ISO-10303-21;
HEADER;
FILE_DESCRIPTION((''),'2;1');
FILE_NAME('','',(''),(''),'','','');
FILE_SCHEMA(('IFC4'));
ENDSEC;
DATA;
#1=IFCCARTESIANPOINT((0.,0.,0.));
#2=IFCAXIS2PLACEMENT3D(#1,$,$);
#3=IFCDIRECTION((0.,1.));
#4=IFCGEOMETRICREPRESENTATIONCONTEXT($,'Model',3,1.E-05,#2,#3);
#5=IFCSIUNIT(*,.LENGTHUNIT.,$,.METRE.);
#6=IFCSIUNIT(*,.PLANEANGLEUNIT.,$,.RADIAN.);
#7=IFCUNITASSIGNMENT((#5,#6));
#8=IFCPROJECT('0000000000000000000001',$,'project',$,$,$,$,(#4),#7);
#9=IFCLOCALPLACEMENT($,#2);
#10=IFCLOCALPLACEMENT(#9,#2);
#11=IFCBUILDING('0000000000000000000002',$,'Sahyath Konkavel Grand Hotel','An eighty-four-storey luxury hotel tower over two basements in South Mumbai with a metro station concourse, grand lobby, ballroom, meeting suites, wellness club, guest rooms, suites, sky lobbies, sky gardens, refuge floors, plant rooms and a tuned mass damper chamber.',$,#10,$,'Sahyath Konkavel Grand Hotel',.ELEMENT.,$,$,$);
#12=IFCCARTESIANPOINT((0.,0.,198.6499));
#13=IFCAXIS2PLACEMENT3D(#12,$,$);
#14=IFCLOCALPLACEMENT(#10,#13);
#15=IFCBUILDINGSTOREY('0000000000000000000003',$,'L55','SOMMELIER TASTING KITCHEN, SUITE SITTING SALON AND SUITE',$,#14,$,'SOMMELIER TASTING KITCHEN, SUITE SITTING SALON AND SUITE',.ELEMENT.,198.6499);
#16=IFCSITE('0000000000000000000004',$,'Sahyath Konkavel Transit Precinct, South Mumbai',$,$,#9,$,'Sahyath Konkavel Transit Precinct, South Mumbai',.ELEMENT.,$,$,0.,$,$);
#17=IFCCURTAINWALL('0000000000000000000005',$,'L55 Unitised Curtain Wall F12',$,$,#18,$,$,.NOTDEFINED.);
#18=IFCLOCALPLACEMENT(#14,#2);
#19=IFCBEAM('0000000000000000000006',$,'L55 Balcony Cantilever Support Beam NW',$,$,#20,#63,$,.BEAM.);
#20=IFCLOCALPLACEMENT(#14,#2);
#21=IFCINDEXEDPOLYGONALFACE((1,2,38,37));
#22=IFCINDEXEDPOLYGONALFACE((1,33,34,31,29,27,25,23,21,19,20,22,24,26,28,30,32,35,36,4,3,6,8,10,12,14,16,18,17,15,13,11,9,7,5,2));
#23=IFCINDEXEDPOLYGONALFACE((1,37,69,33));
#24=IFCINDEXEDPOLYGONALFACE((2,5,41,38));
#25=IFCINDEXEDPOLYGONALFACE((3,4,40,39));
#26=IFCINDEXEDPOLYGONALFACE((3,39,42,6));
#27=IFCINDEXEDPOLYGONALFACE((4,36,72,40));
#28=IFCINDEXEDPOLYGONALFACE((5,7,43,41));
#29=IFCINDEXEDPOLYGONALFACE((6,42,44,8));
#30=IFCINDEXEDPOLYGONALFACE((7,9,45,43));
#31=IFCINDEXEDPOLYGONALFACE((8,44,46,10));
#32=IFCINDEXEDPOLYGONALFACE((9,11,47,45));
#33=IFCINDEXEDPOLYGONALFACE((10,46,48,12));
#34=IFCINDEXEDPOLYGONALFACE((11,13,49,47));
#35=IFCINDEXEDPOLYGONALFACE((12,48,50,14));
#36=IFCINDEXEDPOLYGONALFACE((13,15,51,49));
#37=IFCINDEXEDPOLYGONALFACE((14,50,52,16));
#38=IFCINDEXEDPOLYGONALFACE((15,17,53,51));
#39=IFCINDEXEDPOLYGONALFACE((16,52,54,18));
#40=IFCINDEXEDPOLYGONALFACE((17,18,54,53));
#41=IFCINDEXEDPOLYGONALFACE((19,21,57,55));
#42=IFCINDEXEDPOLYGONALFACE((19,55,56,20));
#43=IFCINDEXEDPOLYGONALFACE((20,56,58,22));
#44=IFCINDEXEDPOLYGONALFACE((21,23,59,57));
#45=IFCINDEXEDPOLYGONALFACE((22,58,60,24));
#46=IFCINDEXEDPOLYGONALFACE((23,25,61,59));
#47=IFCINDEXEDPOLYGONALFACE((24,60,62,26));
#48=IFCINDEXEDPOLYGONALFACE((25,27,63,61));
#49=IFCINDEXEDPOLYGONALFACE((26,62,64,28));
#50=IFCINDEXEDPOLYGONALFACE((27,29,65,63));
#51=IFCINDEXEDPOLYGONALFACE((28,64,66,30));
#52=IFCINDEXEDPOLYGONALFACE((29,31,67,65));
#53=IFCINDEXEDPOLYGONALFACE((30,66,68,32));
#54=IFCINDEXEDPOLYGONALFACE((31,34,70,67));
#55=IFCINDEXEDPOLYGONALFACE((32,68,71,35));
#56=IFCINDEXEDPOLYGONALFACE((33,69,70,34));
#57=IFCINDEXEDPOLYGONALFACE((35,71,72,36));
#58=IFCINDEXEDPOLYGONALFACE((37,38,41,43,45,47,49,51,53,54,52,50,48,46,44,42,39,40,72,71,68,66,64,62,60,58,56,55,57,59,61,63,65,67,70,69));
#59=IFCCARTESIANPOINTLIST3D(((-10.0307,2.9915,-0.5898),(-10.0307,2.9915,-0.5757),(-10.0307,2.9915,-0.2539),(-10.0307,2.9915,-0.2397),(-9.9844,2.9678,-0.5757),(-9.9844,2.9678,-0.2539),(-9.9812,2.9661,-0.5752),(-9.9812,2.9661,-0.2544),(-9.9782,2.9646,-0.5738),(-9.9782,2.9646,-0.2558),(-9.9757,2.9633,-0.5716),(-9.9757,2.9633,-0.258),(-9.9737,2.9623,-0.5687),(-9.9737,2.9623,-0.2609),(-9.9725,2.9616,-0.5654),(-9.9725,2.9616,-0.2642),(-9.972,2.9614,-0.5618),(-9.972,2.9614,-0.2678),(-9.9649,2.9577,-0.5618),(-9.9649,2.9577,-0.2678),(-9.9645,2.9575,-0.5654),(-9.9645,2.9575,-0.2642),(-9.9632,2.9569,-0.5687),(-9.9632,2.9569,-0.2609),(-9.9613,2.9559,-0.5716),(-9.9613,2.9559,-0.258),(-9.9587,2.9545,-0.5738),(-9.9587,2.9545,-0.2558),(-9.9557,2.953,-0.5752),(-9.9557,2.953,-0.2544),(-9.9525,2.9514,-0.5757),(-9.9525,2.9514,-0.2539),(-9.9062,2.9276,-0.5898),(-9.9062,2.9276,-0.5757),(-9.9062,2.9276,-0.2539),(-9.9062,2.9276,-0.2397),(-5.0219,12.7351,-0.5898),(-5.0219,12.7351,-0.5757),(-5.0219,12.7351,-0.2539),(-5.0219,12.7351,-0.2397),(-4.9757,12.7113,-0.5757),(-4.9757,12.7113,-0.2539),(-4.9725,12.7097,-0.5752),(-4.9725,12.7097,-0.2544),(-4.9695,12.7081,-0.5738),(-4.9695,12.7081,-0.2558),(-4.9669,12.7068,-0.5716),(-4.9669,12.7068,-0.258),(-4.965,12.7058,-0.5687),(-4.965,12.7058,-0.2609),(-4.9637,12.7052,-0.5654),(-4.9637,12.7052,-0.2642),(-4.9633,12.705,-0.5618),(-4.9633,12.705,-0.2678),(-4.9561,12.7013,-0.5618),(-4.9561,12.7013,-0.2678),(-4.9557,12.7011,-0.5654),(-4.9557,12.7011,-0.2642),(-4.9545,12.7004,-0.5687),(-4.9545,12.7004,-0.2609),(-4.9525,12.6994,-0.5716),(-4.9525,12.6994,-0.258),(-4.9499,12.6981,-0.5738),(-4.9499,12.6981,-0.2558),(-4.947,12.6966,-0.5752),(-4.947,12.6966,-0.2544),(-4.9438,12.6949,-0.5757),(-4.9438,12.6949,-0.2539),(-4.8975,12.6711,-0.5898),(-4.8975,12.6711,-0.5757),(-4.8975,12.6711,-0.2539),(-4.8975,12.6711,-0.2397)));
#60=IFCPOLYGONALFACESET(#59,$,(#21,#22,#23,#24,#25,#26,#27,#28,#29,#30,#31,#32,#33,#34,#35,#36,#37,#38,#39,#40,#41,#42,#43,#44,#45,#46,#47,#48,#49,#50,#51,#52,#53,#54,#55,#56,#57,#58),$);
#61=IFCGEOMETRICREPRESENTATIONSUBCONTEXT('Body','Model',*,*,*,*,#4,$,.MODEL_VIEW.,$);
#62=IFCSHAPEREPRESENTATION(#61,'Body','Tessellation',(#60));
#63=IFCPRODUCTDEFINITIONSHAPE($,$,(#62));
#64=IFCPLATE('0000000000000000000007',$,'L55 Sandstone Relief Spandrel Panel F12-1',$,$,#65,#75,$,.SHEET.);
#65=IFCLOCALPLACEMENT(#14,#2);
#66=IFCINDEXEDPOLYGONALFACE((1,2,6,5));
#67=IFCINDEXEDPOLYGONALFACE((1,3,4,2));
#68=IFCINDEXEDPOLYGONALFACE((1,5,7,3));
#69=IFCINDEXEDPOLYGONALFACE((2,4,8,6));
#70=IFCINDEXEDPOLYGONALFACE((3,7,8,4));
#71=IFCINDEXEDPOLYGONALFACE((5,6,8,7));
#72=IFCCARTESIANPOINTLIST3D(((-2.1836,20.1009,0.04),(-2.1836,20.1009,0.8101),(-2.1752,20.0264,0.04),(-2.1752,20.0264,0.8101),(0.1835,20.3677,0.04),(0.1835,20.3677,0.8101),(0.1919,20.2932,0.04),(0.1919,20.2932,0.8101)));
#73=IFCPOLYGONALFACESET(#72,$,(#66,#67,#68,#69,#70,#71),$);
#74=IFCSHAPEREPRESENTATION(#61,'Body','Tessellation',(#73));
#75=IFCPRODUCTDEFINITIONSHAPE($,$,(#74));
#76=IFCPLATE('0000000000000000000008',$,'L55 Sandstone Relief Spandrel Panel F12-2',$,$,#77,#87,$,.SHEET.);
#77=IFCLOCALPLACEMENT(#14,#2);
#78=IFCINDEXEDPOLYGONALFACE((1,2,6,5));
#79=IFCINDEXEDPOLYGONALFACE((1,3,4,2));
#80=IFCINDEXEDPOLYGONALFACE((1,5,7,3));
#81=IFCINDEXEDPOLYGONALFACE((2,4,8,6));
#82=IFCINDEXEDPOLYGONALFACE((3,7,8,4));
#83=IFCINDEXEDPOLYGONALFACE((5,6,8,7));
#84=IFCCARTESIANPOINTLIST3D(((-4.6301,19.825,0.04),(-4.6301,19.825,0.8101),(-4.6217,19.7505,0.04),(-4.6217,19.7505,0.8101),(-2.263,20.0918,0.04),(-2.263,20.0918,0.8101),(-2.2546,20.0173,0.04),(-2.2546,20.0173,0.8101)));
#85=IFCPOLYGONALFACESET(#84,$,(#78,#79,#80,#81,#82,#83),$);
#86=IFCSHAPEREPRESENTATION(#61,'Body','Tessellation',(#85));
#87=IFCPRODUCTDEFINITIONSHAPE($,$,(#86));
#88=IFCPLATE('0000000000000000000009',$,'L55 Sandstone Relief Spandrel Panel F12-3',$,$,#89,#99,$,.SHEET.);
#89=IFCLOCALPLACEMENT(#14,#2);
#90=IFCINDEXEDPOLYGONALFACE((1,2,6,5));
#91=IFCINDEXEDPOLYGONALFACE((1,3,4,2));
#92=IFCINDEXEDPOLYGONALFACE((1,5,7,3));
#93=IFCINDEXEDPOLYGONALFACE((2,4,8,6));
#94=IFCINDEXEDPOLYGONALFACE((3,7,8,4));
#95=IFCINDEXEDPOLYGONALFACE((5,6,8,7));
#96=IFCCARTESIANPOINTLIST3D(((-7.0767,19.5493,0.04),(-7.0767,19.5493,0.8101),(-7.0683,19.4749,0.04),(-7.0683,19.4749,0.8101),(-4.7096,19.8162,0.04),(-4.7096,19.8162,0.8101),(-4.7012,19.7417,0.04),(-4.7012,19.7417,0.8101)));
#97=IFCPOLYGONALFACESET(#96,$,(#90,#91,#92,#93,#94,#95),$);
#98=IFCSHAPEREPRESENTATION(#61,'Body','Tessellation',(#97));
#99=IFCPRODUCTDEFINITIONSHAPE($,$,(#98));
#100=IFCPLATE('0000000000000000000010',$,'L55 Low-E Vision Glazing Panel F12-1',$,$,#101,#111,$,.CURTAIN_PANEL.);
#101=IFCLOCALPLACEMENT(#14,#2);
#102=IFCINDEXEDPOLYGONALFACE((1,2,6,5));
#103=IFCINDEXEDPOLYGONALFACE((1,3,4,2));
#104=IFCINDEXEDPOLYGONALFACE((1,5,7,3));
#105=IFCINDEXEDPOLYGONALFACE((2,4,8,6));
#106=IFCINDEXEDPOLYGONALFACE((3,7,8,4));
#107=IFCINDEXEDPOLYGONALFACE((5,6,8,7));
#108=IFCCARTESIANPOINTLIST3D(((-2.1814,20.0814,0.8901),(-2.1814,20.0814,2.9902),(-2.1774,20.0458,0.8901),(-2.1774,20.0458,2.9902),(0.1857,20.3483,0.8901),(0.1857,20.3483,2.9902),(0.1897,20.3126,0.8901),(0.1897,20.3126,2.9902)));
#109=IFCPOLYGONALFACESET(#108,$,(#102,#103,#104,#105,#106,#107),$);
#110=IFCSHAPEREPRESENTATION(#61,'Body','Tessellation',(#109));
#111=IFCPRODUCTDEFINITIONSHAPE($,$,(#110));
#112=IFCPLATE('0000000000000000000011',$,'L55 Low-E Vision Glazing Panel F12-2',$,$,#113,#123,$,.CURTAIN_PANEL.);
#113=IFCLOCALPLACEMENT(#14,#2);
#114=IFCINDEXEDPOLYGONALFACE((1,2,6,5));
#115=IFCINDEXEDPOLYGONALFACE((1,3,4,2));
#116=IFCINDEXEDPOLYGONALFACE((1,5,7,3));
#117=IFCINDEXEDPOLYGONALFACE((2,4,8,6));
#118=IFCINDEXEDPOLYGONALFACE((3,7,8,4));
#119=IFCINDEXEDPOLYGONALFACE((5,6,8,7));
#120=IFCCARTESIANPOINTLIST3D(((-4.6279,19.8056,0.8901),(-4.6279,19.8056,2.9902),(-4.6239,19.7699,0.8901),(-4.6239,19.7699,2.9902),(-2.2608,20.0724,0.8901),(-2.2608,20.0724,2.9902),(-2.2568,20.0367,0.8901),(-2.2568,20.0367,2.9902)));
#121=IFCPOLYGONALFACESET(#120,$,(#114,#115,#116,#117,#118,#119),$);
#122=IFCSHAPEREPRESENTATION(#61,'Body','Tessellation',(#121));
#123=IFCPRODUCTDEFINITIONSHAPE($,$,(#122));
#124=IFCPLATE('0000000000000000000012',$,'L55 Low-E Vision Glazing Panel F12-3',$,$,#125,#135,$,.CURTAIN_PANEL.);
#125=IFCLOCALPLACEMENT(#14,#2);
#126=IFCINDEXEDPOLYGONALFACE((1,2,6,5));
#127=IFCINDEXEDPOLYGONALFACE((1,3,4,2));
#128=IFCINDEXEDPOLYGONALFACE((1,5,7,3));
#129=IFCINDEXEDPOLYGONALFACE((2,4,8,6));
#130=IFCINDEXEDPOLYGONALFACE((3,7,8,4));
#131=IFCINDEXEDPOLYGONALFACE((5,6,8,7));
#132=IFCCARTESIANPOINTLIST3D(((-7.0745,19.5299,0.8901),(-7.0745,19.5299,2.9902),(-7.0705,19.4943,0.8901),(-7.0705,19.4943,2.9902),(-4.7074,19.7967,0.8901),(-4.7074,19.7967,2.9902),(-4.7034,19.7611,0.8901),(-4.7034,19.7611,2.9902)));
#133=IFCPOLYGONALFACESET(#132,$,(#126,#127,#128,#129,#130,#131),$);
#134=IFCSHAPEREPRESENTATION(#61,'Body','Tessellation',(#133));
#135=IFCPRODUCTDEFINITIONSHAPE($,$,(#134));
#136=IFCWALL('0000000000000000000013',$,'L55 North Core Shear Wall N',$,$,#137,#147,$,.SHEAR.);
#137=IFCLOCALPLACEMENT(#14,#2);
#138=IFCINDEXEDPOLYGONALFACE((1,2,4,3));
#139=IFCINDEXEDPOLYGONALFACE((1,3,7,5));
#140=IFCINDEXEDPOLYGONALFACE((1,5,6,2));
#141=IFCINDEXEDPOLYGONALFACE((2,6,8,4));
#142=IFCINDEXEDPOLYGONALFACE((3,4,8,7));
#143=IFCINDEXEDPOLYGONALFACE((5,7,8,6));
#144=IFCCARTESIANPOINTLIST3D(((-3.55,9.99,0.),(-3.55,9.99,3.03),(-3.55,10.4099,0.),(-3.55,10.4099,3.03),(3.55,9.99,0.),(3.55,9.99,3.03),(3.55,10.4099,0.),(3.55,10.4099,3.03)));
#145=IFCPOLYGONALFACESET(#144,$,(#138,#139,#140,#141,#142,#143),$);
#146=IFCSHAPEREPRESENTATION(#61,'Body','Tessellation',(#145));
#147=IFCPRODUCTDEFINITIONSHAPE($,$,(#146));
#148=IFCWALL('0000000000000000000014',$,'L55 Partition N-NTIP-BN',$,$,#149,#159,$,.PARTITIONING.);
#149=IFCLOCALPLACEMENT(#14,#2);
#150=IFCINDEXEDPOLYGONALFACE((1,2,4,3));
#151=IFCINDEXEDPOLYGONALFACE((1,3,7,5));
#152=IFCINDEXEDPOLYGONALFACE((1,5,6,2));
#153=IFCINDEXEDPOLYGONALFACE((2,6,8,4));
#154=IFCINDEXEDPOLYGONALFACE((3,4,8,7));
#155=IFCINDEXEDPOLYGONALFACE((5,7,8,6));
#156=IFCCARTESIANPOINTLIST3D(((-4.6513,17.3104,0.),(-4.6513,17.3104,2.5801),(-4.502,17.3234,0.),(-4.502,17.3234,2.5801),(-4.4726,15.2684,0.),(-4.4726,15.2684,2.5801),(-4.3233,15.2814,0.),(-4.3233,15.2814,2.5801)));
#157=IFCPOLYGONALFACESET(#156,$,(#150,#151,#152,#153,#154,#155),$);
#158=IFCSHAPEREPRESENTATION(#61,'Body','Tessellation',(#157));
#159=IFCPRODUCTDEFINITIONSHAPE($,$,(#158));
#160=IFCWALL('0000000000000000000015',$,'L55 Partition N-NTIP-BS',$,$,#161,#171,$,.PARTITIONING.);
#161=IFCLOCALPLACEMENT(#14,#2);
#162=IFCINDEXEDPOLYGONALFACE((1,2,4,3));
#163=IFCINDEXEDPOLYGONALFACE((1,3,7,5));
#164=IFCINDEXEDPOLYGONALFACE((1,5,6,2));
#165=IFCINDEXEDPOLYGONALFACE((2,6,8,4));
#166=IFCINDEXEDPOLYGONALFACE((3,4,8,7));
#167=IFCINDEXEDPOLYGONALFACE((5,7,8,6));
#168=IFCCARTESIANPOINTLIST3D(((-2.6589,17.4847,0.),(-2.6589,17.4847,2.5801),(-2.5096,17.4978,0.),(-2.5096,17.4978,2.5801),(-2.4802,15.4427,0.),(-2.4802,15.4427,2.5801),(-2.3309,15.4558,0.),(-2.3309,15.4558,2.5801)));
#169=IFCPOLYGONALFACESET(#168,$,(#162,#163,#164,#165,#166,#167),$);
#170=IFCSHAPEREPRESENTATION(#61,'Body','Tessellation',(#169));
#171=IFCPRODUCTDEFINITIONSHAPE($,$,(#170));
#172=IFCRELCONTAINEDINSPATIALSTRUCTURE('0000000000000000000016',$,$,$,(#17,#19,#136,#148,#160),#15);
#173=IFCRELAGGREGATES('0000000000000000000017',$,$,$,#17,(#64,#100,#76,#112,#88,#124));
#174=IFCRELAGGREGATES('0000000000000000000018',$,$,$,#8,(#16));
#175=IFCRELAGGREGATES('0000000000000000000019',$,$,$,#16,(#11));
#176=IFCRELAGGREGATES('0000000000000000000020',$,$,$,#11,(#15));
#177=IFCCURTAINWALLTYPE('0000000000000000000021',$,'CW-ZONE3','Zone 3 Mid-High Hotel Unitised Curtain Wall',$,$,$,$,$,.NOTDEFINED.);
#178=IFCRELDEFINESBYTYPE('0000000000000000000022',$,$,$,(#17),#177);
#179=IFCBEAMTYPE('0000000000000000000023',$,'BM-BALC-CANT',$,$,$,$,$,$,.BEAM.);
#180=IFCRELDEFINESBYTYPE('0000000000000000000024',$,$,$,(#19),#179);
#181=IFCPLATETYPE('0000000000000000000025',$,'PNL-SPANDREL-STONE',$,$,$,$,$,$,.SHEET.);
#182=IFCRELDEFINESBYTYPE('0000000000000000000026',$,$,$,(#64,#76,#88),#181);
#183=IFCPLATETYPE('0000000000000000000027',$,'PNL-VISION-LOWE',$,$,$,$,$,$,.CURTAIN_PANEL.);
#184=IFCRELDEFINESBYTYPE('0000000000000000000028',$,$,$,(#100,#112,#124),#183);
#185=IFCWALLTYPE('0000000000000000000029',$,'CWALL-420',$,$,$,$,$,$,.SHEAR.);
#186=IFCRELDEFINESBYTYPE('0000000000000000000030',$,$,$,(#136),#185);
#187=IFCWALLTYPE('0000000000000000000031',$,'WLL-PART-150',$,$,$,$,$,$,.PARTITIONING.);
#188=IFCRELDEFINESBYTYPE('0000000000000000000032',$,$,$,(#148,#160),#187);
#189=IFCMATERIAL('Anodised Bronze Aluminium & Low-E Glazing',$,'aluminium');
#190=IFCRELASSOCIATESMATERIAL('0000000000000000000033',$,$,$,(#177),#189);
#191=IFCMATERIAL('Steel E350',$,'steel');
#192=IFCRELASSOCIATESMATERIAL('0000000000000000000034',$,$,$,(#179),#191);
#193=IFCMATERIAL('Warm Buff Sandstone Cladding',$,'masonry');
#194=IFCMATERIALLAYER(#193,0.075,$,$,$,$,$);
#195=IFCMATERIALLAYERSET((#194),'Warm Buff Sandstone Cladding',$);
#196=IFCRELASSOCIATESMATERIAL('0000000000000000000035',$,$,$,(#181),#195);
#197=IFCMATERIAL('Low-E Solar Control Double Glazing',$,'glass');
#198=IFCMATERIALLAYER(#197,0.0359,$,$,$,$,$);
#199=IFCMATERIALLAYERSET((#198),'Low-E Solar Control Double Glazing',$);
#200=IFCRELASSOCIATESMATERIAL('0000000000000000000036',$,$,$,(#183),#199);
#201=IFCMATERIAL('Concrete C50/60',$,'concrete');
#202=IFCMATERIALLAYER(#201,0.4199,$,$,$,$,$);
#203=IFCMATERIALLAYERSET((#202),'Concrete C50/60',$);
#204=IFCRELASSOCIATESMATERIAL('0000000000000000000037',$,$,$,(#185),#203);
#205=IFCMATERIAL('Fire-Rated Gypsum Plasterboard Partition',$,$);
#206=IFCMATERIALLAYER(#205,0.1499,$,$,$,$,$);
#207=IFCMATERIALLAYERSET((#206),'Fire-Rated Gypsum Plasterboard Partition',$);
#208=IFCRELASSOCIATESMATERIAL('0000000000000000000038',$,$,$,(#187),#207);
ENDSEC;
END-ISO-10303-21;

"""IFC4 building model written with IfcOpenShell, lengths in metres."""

from ifc_helpers import new_model, si_unit, direction, frame, frame_2d, origin, origin_2d, place, context, subcontext, project, spatial, rectangle, i_section, extrude, source, transform, mapped, material, layer, layer_set, material_profile, profile_set, type_object, element, aggregate, save


model = new_model("IFC4")

# Units and contexts
model_context = context("Model", 3, precision=1e-05, world=origin(), true_north=direction((0.0, 1.0)))
body_context = subcontext(model_context, "Body", "Model", "MODEL_VIEW")
ifc_project = project(units=[si_unit("LENGTHUNIT", "METRE"), si_unit("PLANEANGLEUNIT", "RADIAN")], contexts=[model_context])

# Site, building, storey
site_placement = place(None, origin())
site = spatial("IfcSite", under=ifc_project, at=site_placement, Name="Sahyath Konkavel Transit Precinct, South Mumbai", LongName="Sahyath Konkavel Transit Precinct, South Mumbai", CompositionType="ELEMENT", RefElevation=0.0)
building_placement = place(site_placement, origin())
building = spatial("IfcBuilding", under=site, at=building_placement, Name="Sahyath Konkavel Grand Hotel", Description="An eighty-four-storey luxury hotel tower over two basements in South Mumbai with a metro station concourse, grand lobby, ballroom, meeting suites, wellness club, guest rooms, suites, sky lobbies, sky gardens, refuge floors, plant rooms and a tuned mass damper chamber.", LongName="Sahyath Konkavel Grand Hotel", CompositionType="ELEMENT")
storey_placement = place(building_placement, frame((0.0, 0.0, 198.6499)))
storey = spatial("IfcBuildingStorey", under=building, at=storey_placement, Name="L55", Description="SOMMELIER TASTING KITCHEN, SUITE SITTING SALON AND SUITE", LongName="SOMMELIER TASTING KITCHEN, SUITE SITTING SALON AND SUITE", CompositionType="ELEMENT", Elevation=198.6499)

# Shared definitions
ifc_material_1 = material(Name="Concrete C50/60", Category="concrete")

# Shared definitions
ifc_material_2 = material(Name="Steel E350", Category="steel")

# Curtain wall
ifc_material_3 = material(Name="Anodised Bronze Aluminium & Low-E Glazing", Category="aluminium")
curtain_wall_type = type_object("IfcCurtainWallType", Name="CW-ZONE3", Description="Zone 3 Mid-High Hotel Unitised Curtain Wall", PredefinedType="NOTDEFINED", material=ifc_material_3)
curtain_wall_placement = place(storey_placement, origin())
curtain_wall = element("IfcCurtainWall", 1, at=curtain_wall_placement, inside=storey, type_object=curtain_wall_type, Name="L55 Unitised Curtain Wall F12", PredefinedType="NOTDEFINED")

# Beam
ifc_material_profile_1 = material_profile(ifc_material_2, i_section(OverallWidth=0.1399, OverallDepth=0.3501, WebThickness=0.0081, FlangeThickness=0.0142, FilletRadius=0.0139, at=origin_2d()), Name="ISMB 350")
ifc_profile_set_1 = profile_set([ifc_material_profile_1], Name="Steel E350")
beam_type_1 = type_object("IfcBeamType", Name="BM-BALC-CANT", PredefinedType="BEAM", material=ifc_profile_set_1)
shared_shape_1 = source(origin(), body_context, "Body", "SweptSolid", [
    extrude(i_section(OverallWidth=0.1399, OverallDepth=0.3501, WebThickness=0.0081, FlangeThickness=0.0142, FilletRadius=0.0139, at=origin_2d()), origin(), (0.0, 0.0, 1.0), 10.9556),
])
beam_1_placement = place(storey_placement, frame((-4.9597, 12.7031, -0.4148), z_axis=(-0.457187, -0.889371, 0.0), x_axis=(0.889371, -0.457187, 0.0)))
element("IfcBeam", 2, at=beam_1_placement, inside=storey, type_object=beam_type_1, Name="L55 Balcony Cantilever Support Beam NW", PredefinedType="BEAM", context=body_context, shape_type="MappedRepresentation", body=[
    mapped(shared_shape_1, transform((0.0, 0.0, 0.0), scale=1.0)),
])

# Plates
ifc_material_4 = material(Name="Warm Buff Sandstone Cladding", Category="masonry")
ifc_layer_1 = layer(ifc_material_4, 0.075)
ifc_layer_set_1 = layer_set([ifc_layer_1], Name="Warm Buff Sandstone Cladding")
plate_type_1 = type_object("IfcPlateType", Name="PNL-SPANDREL-STONE", PredefinedType="SHEET", material=ifc_layer_set_1)
shared_shape_2 = source(origin(), body_context, "Body", "SweptSolid", [
    extrude(rectangle(XDim=2.3821, YDim=0.075, at=origin_2d()), origin(), (0.0, 0.0, 1.0), 0.77),
])
plate_1_placement = place(storey_placement, frame((-0.9958, 20.197, 0.04), z_axis=(0.0, 0.0, 1.0), x_axis=(-0.993707, -0.112007, 0.0)))
plate_1 = element("IfcPlate", 3, at=plate_1_placement, type_object=plate_type_1, Name="L55 Sandstone Relief Spandrel Panel F12-1", PredefinedType="SHEET", context=body_context, shape_type="MappedRepresentation", body=[
    mapped(shared_shape_2, transform((0.0, 0.0, 0.0), scale=1.0)),
])
plate_2_placement = place(storey_placement, frame((-3.4424, 19.9211, 0.04), z_axis=(0.0, 0.0, 1.0), x_axis=(-0.993707, -0.112007, 0.0)))
plate_2 = element("IfcPlate", 4, at=plate_2_placement, type_object=plate_type_1, Name="L55 Sandstone Relief Spandrel Panel F12-2", PredefinedType="SHEET", context=body_context, shape_type="MappedRepresentation", body=[
    mapped(shared_shape_2, transform((0.0, 0.0, 0.0), scale=1.0)),
])
plate_3_placement = place(storey_placement, frame((-5.8889, 19.6455, 0.04), z_axis=(0.0, 0.0, 1.0), x_axis=(-0.993707, -0.112007, 0.0)))
plate_3 = element("IfcPlate", 5, at=plate_3_placement, type_object=plate_type_1, Name="L55 Sandstone Relief Spandrel Panel F12-3", PredefinedType="SHEET", context=body_context, shape_type="MappedRepresentation", body=[
    mapped(shared_shape_2, transform((0.0, 0.0, 0.0), scale=1.0)),
])
ifc_material_5 = material(Name="Low-E Solar Control Double Glazing", Category="glass")
ifc_layer_2 = layer(ifc_material_5, 0.0359)
ifc_layer_set_2 = layer_set([ifc_layer_2], Name="Low-E Solar Control Double Glazing")
plate_type_2 = type_object("IfcPlateType", Name="PNL-VISION-LOWE", PredefinedType="CURTAIN_PANEL", material=ifc_layer_set_2)
shared_shape_3 = source(origin(), body_context, "Body", "SweptSolid", [
    extrude(rectangle(XDim=2.3821, YDim=0.0359, at=origin_2d()), origin(), (0.0, 0.0, 1.0), 2.1001),
])
plate_4_placement = place(storey_placement, frame((-0.9958, 20.197, 0.8901), z_axis=(0.0, 0.0, 1.0), x_axis=(-0.993707, -0.112007, 0.0)))
plate_4 = element("IfcPlate", 6, at=plate_4_placement, type_object=plate_type_2, Name="L55 Low-E Vision Glazing Panel F12-1", PredefinedType="CURTAIN_PANEL", context=body_context, shape_type="MappedRepresentation", body=[
    mapped(shared_shape_3, transform((0.0, 0.0, 0.0), scale=1.0)),
])
plate_5_placement = place(storey_placement, frame((-3.4424, 19.9211, 0.8901), z_axis=(0.0, 0.0, 1.0), x_axis=(-0.993707, -0.112007, 0.0)))
plate_5 = element("IfcPlate", 7, at=plate_5_placement, type_object=plate_type_2, Name="L55 Low-E Vision Glazing Panel F12-2", PredefinedType="CURTAIN_PANEL", context=body_context, shape_type="MappedRepresentation", body=[
    mapped(shared_shape_3, transform((0.0, 0.0, 0.0), scale=1.0)),
])
plate_6_placement = place(storey_placement, frame((-5.8889, 19.6455, 0.8901), z_axis=(0.0, 0.0, 1.0), x_axis=(-0.993707, -0.112007, 0.0)))
plate_6 = element("IfcPlate", 8, at=plate_6_placement, type_object=plate_type_2, Name="L55 Low-E Vision Glazing Panel F12-3", PredefinedType="CURTAIN_PANEL", context=body_context, shape_type="MappedRepresentation", body=[
    mapped(shared_shape_3, transform((0.0, 0.0, 0.0), scale=1.0)),
])
aggregate(curtain_wall, [plate_1, plate_4, plate_2, plate_5, plate_3, plate_6])

# Walls
ifc_layer_3 = layer(ifc_material_1, 0.4199)
ifc_layer_set_3 = layer_set([ifc_layer_3], Name="Concrete C50/60")
wall_type_1 = type_object("IfcWallType", Name="CWALL-420", PredefinedType="SHEAR", material=ifc_layer_set_3)
wall_1_placement = place(storey_placement, frame((-3.55, 10.2, 0.0), z_axis=(0.0, 0.0, 1.0), x_axis=(1.0, 0.0, 0.0)))
element("IfcWall", 9, at=wall_1_placement, inside=storey, type_object=wall_type_1, Name="L55 North Core Shear Wall N", PredefinedType="SHEAR", context=body_context, shape_type="SweptSolid", body=[
    extrude(rectangle(XDim=7.1001, YDim=0.4199, at=frame_2d((3.55, 0.0))), origin(), (0.0, 0.0, 1.0), 3.03),
])
ifc_material_6 = material(Name="Fire-Rated Gypsum Plasterboard Partition")
ifc_layer_4 = layer(ifc_material_6, 0.1499)
ifc_layer_set_4 = layer_set([ifc_layer_4], Name="Fire-Rated Gypsum Plasterboard Partition")
wall_type_2 = type_object("IfcWallType", Name="WLL-PART-150", PredefinedType="PARTITIONING", material=ifc_layer_set_4)
for number, where, z_axis, x_axis, name in (
    (10, (-4.3979, 15.2749, 0.0), (0.0, 0.0, 1.0), (-0.087185, 0.996192, 0.0), "L55 Partition N-NTIP-BN"),
    (11, (-2.4055, 15.4492, 0.0), (0.0, 0.0, 1.0), (-0.087185, 0.996192, 0.0), "L55 Partition N-NTIP-BS"),
):
    element("IfcWall", number, at=place(storey_placement, frame(where, z_axis=z_axis, x_axis=x_axis)), inside=storey, type_object=wall_type_2, Name=name, PredefinedType="PARTITIONING", context=body_context, shape_type="SweptSolid", body=[
        extrude(rectangle(XDim=2.0498, YDim=0.1499, at=frame_2d((1.0249, 0.0))), origin(), (0.0, 0.0, 1.0), 2.5801),
    ])

save(model, "model.ifc")
